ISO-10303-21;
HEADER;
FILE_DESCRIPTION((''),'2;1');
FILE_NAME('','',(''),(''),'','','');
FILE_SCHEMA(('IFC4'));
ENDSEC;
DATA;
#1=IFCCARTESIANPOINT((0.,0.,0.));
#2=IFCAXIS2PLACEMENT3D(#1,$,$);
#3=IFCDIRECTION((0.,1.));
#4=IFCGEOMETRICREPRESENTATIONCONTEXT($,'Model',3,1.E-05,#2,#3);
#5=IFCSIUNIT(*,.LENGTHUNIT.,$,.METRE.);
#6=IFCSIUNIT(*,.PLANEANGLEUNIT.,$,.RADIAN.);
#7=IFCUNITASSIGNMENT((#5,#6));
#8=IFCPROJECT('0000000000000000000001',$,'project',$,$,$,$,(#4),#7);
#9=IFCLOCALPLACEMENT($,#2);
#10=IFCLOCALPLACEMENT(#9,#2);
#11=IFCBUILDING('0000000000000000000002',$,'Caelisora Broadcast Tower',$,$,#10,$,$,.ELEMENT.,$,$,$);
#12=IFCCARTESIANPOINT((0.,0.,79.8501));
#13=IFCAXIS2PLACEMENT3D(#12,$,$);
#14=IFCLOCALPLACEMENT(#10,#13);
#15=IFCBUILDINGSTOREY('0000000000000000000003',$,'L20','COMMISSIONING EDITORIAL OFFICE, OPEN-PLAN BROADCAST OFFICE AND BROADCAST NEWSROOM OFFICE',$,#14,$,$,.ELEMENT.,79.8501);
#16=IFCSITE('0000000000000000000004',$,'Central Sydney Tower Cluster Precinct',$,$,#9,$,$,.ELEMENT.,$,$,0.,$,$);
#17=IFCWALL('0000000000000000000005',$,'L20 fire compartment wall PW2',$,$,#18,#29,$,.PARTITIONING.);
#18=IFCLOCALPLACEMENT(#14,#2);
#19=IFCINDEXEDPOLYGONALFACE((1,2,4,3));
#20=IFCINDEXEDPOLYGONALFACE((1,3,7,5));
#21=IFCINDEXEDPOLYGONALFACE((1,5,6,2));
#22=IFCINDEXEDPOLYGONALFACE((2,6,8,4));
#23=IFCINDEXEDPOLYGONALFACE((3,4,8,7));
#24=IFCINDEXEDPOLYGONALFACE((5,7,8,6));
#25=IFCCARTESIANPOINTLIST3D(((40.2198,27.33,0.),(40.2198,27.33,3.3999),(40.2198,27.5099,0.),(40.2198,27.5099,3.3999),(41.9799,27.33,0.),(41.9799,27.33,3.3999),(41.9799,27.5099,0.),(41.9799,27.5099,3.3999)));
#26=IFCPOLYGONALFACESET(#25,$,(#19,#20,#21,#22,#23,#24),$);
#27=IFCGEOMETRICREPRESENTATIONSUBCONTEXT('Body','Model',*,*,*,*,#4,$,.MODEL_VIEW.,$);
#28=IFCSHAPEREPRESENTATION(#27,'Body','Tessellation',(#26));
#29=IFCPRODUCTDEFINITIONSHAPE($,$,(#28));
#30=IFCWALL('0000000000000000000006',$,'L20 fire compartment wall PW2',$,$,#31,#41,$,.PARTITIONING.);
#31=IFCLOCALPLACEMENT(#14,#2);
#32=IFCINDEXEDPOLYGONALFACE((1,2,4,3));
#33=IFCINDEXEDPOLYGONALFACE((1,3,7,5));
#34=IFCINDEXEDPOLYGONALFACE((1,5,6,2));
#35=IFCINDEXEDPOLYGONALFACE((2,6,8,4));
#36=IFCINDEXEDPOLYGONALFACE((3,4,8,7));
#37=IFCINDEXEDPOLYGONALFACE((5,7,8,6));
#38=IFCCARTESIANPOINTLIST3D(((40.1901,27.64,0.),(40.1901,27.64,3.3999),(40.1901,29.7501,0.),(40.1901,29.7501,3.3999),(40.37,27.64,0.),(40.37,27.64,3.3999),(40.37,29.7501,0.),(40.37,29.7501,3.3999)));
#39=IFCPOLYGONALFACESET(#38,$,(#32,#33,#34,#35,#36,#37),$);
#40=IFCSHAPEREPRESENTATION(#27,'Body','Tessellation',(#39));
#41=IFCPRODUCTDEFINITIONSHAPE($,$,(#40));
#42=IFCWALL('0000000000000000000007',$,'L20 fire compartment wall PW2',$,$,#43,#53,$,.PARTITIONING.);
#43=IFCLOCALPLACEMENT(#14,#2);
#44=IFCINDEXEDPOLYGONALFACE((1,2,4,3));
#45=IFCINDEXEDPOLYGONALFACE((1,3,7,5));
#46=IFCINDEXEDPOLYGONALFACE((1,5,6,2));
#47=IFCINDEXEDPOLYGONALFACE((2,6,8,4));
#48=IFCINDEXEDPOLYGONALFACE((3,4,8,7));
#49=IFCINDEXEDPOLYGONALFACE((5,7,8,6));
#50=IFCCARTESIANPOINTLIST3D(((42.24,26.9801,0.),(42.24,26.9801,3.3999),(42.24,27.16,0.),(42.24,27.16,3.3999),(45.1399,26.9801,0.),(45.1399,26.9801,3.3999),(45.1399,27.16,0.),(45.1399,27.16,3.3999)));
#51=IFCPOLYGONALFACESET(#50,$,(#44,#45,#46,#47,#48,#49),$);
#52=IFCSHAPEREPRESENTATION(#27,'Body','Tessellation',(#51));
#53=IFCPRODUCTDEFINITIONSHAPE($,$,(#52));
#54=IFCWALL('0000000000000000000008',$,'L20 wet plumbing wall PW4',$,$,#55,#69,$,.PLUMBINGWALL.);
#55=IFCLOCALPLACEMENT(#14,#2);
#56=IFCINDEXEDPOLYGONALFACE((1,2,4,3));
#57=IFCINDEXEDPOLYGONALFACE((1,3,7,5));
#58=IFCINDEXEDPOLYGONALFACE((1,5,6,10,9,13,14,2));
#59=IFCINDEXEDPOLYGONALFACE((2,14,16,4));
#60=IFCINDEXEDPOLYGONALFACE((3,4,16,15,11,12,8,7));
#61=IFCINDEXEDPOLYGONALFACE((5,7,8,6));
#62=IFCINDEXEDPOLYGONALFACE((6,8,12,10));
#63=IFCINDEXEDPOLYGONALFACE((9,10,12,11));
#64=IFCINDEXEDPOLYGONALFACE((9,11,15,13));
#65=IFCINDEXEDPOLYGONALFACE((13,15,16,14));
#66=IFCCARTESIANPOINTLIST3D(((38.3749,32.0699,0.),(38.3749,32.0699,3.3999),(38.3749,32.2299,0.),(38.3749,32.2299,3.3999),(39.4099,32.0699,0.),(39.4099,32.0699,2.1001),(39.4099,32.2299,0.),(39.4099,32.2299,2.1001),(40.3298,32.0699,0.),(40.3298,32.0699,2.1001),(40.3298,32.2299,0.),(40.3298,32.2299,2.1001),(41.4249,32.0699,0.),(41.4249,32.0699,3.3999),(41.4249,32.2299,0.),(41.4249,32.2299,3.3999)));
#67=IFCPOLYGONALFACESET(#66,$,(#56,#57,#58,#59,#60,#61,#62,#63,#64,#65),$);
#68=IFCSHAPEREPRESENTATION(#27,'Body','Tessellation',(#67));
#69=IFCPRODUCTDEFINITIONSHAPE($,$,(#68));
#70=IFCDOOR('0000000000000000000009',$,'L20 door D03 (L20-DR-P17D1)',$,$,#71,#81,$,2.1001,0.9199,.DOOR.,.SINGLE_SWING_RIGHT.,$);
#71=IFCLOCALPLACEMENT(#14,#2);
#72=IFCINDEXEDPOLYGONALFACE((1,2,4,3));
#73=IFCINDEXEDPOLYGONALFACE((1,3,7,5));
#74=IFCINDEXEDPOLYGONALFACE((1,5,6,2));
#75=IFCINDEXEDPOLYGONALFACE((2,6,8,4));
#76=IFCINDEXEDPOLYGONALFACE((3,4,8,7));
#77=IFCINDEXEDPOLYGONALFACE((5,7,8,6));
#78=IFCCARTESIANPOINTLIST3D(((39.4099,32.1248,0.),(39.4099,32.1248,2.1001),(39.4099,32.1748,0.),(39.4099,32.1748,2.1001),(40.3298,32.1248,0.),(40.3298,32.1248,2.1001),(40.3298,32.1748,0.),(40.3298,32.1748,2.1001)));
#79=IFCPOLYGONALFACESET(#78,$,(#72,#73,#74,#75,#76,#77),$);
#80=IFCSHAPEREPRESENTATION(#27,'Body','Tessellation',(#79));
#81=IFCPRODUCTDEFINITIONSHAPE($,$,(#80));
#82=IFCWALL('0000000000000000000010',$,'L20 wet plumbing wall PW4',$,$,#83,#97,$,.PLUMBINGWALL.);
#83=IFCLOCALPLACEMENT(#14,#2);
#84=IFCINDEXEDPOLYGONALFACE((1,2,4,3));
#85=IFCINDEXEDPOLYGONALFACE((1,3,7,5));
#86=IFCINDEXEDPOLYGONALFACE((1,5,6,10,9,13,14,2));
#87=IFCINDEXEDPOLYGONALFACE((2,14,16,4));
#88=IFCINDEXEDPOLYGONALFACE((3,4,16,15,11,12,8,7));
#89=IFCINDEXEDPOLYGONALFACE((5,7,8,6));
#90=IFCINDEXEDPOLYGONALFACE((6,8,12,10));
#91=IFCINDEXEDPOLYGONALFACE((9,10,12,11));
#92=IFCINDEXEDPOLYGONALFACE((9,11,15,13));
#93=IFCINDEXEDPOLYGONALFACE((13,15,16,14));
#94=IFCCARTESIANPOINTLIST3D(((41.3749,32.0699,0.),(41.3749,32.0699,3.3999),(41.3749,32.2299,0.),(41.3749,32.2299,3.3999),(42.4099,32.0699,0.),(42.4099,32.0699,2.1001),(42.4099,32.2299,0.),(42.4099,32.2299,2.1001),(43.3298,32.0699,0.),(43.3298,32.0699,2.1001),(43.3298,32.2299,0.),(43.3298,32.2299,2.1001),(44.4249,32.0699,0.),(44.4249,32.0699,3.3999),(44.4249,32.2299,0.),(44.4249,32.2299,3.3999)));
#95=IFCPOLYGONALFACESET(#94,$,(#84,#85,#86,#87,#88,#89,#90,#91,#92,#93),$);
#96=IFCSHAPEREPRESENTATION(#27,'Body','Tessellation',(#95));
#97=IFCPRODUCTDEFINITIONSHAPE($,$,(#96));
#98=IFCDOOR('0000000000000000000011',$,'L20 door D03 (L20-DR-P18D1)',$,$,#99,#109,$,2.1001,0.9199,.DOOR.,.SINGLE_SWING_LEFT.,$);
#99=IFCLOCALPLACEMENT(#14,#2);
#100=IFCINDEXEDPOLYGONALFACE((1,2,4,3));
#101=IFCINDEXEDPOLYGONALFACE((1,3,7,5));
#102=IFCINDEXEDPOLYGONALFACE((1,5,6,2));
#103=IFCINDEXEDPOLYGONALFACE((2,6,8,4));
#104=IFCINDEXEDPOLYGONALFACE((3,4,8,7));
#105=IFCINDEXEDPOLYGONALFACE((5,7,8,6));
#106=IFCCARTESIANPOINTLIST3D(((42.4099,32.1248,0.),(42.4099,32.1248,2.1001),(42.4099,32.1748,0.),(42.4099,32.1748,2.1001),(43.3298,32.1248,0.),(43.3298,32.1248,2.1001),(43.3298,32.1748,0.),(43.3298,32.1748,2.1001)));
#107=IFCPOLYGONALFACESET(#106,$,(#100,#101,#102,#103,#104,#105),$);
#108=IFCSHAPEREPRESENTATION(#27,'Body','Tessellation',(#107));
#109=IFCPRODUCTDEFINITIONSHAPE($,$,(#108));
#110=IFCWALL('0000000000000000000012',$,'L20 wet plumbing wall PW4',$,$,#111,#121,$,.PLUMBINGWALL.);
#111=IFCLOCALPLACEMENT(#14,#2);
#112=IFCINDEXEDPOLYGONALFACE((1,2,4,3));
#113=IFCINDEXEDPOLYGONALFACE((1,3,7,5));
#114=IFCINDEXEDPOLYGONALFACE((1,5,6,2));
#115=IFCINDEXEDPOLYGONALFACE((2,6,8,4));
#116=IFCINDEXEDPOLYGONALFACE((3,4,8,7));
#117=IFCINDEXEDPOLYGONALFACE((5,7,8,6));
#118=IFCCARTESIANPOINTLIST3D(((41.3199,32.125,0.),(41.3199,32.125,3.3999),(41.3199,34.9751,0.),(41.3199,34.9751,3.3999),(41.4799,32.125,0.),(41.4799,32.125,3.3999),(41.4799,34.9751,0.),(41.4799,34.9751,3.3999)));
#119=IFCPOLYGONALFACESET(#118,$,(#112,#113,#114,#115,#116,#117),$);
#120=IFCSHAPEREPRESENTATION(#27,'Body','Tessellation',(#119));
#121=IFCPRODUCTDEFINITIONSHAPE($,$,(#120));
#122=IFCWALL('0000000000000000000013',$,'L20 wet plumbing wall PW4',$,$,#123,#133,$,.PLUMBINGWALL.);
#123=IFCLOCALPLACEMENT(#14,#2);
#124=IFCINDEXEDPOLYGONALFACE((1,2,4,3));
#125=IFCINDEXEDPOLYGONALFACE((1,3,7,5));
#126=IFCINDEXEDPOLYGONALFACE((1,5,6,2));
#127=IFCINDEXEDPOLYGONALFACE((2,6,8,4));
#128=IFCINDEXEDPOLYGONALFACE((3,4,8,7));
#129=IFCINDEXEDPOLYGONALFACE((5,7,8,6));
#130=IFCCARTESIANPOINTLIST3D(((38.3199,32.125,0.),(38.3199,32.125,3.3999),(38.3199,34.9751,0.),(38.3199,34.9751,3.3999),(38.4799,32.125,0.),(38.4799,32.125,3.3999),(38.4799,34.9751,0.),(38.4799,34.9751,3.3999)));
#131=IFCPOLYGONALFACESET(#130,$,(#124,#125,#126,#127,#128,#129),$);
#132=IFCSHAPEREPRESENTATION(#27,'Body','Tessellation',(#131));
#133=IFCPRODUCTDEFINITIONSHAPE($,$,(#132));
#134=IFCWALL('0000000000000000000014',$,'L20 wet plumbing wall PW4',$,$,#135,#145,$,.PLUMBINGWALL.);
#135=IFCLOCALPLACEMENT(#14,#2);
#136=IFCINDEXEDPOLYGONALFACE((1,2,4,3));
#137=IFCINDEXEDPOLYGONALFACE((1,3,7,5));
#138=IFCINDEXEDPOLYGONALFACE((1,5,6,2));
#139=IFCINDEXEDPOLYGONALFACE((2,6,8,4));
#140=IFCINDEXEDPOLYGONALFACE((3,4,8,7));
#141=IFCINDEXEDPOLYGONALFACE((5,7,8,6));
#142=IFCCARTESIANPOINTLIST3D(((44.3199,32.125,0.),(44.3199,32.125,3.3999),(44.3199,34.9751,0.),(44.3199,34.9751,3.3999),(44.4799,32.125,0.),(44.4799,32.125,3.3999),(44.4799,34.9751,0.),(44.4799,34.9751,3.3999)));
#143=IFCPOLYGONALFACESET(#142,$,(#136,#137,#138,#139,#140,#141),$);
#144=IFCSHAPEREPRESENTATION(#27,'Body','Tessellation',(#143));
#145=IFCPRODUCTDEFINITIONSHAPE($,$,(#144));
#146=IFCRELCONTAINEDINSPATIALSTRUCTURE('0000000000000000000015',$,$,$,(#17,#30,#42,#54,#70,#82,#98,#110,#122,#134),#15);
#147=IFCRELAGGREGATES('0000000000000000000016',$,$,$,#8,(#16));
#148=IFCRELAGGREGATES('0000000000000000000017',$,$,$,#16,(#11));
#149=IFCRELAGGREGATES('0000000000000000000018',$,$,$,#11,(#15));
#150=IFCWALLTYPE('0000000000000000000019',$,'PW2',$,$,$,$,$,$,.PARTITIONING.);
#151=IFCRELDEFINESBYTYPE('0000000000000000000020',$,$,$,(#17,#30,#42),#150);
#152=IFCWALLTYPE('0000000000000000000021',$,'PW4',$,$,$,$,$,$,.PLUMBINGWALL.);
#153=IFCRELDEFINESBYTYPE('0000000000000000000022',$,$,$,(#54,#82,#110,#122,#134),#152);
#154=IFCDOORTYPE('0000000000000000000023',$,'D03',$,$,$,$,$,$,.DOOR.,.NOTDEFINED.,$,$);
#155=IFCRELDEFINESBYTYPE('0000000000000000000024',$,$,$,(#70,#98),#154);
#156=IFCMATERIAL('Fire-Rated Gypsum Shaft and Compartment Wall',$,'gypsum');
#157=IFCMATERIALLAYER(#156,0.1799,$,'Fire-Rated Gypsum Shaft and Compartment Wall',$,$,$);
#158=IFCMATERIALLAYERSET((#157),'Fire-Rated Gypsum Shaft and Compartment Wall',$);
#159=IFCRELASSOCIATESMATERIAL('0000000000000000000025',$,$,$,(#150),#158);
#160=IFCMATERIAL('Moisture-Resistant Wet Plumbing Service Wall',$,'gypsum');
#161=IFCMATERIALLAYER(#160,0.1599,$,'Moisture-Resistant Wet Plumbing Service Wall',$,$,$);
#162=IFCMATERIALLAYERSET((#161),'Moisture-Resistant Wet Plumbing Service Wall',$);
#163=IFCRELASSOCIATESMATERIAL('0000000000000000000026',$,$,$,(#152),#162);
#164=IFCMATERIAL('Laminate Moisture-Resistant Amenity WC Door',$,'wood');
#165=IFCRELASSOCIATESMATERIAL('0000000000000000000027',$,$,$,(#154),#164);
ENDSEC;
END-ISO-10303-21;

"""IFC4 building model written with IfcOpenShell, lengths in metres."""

from ifc_helpers import new_model, si_unit, direction, frame, frame_2d, origin, place, context, subcontext, project, spatial, rectangle, extrude, material, layer, layer_set, type_object, element, fill, save


model = new_model("IFC4")

# Units and contexts
model_context = context("Model", 3, precision=1e-05, world=origin(), true_north=direction((0.0, 1.0)))
body_context = subcontext(model_context, "Body", "Model", "MODEL_VIEW")
ifc_project = project(units=[si_unit("LENGTHUNIT", "METRE"), si_unit("PLANEANGLEUNIT", "RADIAN")], contexts=[model_context])

# Site, building, storey
site_placement = place(None, origin())
site = spatial("IfcSite", under=ifc_project, at=site_placement, Name="Central Sydney Tower Cluster Precinct", CompositionType="ELEMENT", RefElevation=0.0)
building_placement = place(site_placement, origin())
building = spatial("IfcBuilding", under=site, at=building_placement, Name="Caelisora Broadcast Tower", CompositionType="ELEMENT")
storey_placement = place(building_placement, frame((0.0, 0.0, 79.8501)))
storey = spatial("IfcBuildingStorey", under=building, at=storey_placement, Name="L20", Description="COMMISSIONING EDITORIAL OFFICE, OPEN-PLAN BROADCAST OFFICE AND BROADCAST NEWSROOM OFFICE", CompositionType="ELEMENT", Elevation=79.8501)

# Walls
ifc_material_1 = material(Name="Fire-Rated Gypsum Shaft and Compartment Wall", Category="gypsum")
ifc_layer_1 = layer(ifc_material_1, 0.1799, Name="Fire-Rated Gypsum Shaft and Compartment Wall")
ifc_layer_set_1 = layer_set([ifc_layer_1], Name="Fire-Rated Gypsum Shaft and Compartment Wall")
wall_type_1 = type_object("IfcWallType", Name="PW2", PredefinedType="PARTITIONING", material=ifc_layer_set_1)
wall_1_placement = place(storey_placement, frame((40.22, 27.4199, 0.0), z_axis=(0.0, 0.0, 1.0), x_axis=(1.0, 0.0, 0.0)))
element("IfcWall", 1, at=wall_1_placement, inside=storey, type_object=wall_type_1, Name="L20 fire compartment wall PW2", PredefinedType="PARTITIONING", context=body_context, shape_type="SweptSolid", body=[
    extrude(rectangle(XDim=1.76, YDim=0.1799, at=frame_2d((0.8799, 0.0))), origin(), (0.0, 0.0, 1.0), 3.3999),
])
wall_2_placement = place(storey_placement, frame((40.28, 27.6399, 0.0), z_axis=(0.0, 0.0, 1.0), x_axis=(0.0, 1.0, 0.0)))
element("IfcWall", 2, at=wall_2_placement, inside=storey, type_object=wall_type_1, Name="L20 fire compartment wall PW2", PredefinedType="PARTITIONING", context=body_context, shape_type="SweptSolid", body=[
    extrude(rectangle(XDim=2.1101, YDim=0.1799, at=frame_2d((1.0552, 0.0))), origin(), (0.0, 0.0, 1.0), 3.3999),
])
wall_3_placement = place(storey_placement, frame((42.24, 27.0701, 0.0), z_axis=(0.0, 0.0, 1.0), x_axis=(1.0, 0.0, 0.0)))
element("IfcWall", 3, at=wall_3_placement, inside=storey, type_object=wall_type_1, Name="L20 fire compartment wall PW2", PredefinedType="PARTITIONING", context=body_context, shape_type="SweptSolid", body=[
    extrude(rectangle(XDim=2.8999, YDim=0.1799, at=frame_2d((1.45, 0.0))), origin(), (0.0, 0.0, 1.0), 3.3999),
])

# Walls, openings, doors
ifc_material_2 = material(Name="Moisture-Resistant Wet Plumbing Service Wall", Category="gypsum")
ifc_layer_2 = layer(ifc_material_2, 0.1599, Name="Moisture-Resistant Wet Plumbing Service Wall")
ifc_layer_set_2 = layer_set([ifc_layer_2], Name="Moisture-Resistant Wet Plumbing Service Wall")
wall_type_2 = type_object("IfcWallType", Name="PW4", PredefinedType="PLUMBINGWALL", material=ifc_layer_set_2)
wall_4_placement = place(storey_placement, frame((38.375, 32.1499, 0.0), z_axis=(0.0, 0.0, 1.0), x_axis=(1.0, 0.0, 0.0)))
wall_4 = element("IfcWall", 4, at=wall_4_placement, inside=storey, type_object=wall_type_2, Name="L20 wet plumbing wall PW4", PredefinedType="PLUMBINGWALL", context=body_context, shape_type="SweptSolid", body=[
    extrude(rectangle(XDim=3.05, YDim=0.1599, at=frame_2d((1.5249, 0.0))), origin(), (0.0, 0.0, 1.0), 3.3999),
])
opening_1_placement = place(wall_4_placement, frame((1.0349, 0.0, 0.0)))
opening_1 = element("IfcOpeningElement", 5, at=opening_1_placement, cuts=wall_4, PredefinedType="OPENING", context=body_context, shape_type="SweptSolid", body=[
    extrude(rectangle(XDim=0.9199, YDim=2.1001, at=frame_2d((0.46, 1.05))), frame((0.0, 0.092, 0.0), z_axis=(0.0, -1.0, 0.0), x_axis=(1.0, 0.0, 0.0)), (0.0, 0.0, 1.0), 0.1838),
])
ifc_material_3 = material(Name="Laminate Moisture-Resistant Amenity WC Door", Category="wood")
door_type_1 = type_object("IfcDoorType", Name="D03", OperationType="NOTDEFINED", PredefinedType="DOOR", material=ifc_material_3)
door_1_placement = place(opening_1_placement, origin())
door_1 = element("IfcDoor", 6, at=door_1_placement, inside=storey, type_object=door_type_1, Name="L20 door D03 (L20-DR-P17D1)", OperationType="SINGLE_SWING_RIGHT", OverallHeight=2.1001, OverallWidth=0.9199, PredefinedType="DOOR", context=body_context, shape_type="SweptSolid", body=[
    extrude(rectangle(XDim=0.9199, YDim=2.1001, at=frame_2d((0.46, 1.05))), frame((0.0, 0.0249, 0.0), z_axis=(0.0, -1.0, 0.0), x_axis=(1.0, 0.0, 0.0)), (0.0, 0.0, 1.0), 0.05),
])
fill(opening_1, door_1)
wall_5_placement = place(storey_placement, frame((41.375, 32.1499, 0.0), z_axis=(0.0, 0.0, 1.0), x_axis=(1.0, 0.0, 0.0)))
wall_5 = element("IfcWall", 7, at=wall_5_placement, inside=storey, type_object=wall_type_2, Name="L20 wet plumbing wall PW4", PredefinedType="PLUMBINGWALL", context=body_context, shape_type="SweptSolid", body=[
    extrude(rectangle(XDim=3.05, YDim=0.1599, at=frame_2d((1.5249, 0.0))), origin(), (0.0, 0.0, 1.0), 3.3999),
])
opening_2_placement = place(wall_5_placement, frame((1.0349, 0.0, 0.0)))
opening_2 = element("IfcOpeningElement", 8, at=opening_2_placement, cuts=wall_5, PredefinedType="OPENING", context=body_context, shape_type="SweptSolid", body=[
    extrude(rectangle(XDim=0.9199, YDim=2.1001, at=frame_2d((0.46, 1.05))), frame((0.0, 0.092, 0.0), z_axis=(0.0, -1.0, 0.0), x_axis=(1.0, 0.0, 0.0)), (0.0, 0.0, 1.0), 0.1838),
])
door_2_placement = place(opening_2_placement, origin())
door_2 = element("IfcDoor", 9, at=door_2_placement, inside=storey, type_object=door_type_1, Name="L20 door D03 (L20-DR-P18D1)", OperationType="SINGLE_SWING_LEFT", OverallHeight=2.1001, OverallWidth=0.9199, PredefinedType="DOOR", context=body_context, shape_type="SweptSolid", body=[
    extrude(rectangle(XDim=0.9199, YDim=2.1001, at=frame_2d((0.46, 1.05))), frame((0.0, 0.0249, 0.0), z_axis=(0.0, -1.0, 0.0), x_axis=(1.0, 0.0, 0.0)), (0.0, 0.0, 1.0), 0.05),
])
fill(opening_2, door_2)

# Walls
for number, where, z_axis, x_axis, name in (
    (10, (41.3999, 32.125, 0.0), (0.0, 0.0, 1.0), (0.0, 1.0, 0.0), "L20 wet plumbing wall PW4"),
    (11, (38.3999, 32.125, 0.0), (0.0, 0.0, 1.0), (0.0, 1.0, 0.0), "L20 wet plumbing wall PW4"),
    (12, (44.3999, 32.125, 0.0), (0.0, 0.0, 1.0), (0.0, 1.0, 0.0), "L20 wet plumbing wall PW4"),
):
    element("IfcWall", number, at=place(storey_placement, frame(where, z_axis=z_axis, x_axis=x_axis)), inside=storey, type_object=wall_type_2, Name=name, PredefinedType="PLUMBINGWALL", context=body_context, shape_type="SweptSolid", body=[
        extrude(rectangle(XDim=2.8501, YDim=0.1599, at=frame_2d((1.425, 0.0))), origin(), (0.0, 0.0, 1.0), 3.3999),
    ])

save(model, "model.ifc")
